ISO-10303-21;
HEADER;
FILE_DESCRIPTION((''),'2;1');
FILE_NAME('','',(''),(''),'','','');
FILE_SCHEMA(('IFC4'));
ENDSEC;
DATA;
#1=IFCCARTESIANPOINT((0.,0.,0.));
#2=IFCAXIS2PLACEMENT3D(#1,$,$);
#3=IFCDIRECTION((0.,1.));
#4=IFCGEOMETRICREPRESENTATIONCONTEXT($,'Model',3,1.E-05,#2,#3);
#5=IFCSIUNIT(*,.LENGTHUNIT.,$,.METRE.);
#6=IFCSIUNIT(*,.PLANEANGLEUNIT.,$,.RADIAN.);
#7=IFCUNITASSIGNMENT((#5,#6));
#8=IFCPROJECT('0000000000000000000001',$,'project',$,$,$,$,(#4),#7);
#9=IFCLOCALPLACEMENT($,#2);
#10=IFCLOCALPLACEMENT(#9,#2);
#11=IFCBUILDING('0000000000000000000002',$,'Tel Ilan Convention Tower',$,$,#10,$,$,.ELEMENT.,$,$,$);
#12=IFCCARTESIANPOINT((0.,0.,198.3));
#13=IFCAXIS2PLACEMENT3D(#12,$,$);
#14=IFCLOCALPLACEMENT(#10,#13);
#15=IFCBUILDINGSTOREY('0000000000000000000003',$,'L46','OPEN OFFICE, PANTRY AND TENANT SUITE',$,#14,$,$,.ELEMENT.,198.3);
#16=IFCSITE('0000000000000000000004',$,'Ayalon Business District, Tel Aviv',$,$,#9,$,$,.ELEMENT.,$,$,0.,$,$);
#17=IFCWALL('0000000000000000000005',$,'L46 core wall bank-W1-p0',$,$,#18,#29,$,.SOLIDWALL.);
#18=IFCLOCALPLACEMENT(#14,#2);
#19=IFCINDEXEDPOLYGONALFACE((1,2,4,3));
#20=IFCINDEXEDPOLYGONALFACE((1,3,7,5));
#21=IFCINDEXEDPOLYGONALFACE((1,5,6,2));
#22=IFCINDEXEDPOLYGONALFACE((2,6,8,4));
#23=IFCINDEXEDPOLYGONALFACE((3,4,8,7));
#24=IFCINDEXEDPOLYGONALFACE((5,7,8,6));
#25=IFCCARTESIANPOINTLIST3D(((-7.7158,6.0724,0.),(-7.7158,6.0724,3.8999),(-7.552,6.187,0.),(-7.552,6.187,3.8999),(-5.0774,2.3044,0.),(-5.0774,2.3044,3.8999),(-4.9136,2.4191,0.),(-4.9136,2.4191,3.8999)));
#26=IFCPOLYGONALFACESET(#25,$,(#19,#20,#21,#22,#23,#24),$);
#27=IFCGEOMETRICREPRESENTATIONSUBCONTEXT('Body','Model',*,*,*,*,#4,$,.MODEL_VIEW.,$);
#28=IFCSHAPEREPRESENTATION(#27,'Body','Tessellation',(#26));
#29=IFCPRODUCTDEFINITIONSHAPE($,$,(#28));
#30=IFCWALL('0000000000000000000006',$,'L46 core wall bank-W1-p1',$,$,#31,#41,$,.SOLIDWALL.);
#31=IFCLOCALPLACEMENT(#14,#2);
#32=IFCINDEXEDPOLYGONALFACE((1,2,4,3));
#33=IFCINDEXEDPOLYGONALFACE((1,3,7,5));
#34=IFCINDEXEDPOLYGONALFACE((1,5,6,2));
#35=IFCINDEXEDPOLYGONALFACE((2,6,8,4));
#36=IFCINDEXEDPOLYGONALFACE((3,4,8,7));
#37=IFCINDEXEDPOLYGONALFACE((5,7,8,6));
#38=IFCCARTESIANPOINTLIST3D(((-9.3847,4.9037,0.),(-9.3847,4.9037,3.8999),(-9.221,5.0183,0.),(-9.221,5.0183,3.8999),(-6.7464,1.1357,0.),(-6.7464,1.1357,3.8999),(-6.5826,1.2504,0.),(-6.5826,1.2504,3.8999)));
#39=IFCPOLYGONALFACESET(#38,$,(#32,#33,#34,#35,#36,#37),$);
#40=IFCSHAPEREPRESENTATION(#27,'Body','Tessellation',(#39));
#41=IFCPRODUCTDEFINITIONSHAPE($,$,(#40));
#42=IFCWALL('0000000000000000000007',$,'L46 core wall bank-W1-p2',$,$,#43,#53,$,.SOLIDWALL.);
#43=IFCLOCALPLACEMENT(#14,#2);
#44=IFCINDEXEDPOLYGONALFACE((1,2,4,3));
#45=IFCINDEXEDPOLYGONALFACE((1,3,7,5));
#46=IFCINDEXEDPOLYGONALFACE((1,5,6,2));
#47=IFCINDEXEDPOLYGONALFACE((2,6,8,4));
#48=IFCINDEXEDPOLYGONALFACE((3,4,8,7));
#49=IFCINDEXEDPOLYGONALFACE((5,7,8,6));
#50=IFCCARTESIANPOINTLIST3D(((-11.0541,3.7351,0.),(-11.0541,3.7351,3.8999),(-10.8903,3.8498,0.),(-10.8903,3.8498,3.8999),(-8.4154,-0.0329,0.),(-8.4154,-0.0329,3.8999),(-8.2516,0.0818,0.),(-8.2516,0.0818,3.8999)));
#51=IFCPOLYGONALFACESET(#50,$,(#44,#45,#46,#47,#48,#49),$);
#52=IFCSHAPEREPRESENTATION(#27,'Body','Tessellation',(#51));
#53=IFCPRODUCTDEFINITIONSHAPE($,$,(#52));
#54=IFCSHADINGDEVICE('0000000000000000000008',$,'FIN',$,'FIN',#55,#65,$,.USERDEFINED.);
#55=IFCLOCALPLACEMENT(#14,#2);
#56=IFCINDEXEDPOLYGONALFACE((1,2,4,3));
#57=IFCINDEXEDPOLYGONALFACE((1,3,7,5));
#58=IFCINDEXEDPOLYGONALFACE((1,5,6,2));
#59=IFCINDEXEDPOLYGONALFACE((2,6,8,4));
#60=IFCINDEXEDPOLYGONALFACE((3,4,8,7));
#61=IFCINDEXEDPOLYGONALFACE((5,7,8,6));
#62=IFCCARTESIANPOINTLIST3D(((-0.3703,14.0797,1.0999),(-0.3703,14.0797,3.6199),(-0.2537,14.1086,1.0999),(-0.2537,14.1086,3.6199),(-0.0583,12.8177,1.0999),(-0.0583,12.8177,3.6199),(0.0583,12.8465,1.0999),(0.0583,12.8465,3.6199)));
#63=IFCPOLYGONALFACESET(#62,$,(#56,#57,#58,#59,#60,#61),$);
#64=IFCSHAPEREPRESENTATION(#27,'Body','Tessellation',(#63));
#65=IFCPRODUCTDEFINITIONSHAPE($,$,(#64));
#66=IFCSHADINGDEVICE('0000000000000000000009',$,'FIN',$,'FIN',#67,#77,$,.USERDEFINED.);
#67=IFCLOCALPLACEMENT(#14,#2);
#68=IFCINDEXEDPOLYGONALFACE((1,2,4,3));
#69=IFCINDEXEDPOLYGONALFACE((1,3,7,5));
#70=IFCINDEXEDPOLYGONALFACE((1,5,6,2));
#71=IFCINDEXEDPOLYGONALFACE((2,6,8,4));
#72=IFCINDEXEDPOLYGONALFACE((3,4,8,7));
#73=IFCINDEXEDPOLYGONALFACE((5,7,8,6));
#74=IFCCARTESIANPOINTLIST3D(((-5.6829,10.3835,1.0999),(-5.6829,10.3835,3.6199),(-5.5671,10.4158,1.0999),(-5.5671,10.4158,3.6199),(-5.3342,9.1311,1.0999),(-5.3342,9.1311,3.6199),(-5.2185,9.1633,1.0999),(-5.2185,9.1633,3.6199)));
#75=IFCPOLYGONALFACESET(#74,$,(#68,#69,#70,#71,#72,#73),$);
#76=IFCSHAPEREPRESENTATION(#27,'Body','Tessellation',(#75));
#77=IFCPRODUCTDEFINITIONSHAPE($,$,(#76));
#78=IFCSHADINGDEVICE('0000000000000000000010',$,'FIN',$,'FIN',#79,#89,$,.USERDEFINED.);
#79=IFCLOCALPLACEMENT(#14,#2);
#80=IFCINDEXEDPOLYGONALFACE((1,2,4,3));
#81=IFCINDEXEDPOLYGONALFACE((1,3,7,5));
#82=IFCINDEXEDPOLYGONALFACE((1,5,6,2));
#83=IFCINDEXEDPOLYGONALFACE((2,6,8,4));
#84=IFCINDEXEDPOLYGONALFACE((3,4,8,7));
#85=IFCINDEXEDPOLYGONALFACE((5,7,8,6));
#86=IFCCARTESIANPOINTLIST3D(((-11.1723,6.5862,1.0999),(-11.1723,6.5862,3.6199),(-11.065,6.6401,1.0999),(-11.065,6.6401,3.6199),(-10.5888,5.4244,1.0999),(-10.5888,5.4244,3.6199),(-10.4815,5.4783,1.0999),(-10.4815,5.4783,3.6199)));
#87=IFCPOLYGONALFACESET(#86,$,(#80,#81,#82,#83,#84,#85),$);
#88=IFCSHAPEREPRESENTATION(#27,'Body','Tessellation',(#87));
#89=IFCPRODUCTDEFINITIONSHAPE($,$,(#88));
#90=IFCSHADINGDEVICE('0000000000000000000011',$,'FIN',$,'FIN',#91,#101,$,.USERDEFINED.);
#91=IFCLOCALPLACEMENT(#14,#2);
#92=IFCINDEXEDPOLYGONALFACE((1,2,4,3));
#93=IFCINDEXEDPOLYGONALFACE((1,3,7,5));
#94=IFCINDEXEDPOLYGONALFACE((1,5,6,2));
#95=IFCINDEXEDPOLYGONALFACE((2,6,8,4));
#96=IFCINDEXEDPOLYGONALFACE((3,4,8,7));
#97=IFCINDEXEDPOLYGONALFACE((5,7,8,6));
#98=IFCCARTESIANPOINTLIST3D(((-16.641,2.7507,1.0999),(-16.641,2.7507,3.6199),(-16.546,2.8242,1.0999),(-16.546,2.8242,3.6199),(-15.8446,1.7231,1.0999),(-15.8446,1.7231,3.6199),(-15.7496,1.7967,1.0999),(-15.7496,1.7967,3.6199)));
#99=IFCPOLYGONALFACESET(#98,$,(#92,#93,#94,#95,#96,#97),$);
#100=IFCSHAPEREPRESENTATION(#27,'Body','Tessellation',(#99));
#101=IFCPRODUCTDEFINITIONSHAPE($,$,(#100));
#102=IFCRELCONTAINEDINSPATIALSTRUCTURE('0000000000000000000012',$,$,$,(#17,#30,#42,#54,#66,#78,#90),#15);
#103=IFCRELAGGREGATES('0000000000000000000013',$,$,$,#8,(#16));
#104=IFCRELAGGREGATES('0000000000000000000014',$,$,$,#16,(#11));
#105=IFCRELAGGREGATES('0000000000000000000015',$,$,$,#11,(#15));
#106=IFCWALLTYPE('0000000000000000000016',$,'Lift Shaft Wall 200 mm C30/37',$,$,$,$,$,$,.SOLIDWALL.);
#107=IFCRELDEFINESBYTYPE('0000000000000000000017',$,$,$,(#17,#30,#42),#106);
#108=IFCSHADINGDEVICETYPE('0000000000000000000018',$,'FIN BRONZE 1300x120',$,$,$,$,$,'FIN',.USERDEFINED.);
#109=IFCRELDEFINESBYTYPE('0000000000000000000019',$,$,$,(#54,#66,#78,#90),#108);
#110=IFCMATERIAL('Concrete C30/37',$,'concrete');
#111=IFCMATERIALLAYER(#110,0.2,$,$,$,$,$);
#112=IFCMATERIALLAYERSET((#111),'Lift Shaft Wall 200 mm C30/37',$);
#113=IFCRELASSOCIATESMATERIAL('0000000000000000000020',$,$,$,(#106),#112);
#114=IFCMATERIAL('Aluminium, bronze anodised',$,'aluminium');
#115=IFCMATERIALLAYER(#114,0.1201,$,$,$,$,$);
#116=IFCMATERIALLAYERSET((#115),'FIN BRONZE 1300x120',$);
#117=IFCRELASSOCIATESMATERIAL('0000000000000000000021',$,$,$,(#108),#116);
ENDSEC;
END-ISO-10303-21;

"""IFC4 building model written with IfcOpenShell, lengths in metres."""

from ifc_helpers import new_model, si_unit, direction, frame, frame_2d, origin, origin_2d, place, context, subcontext, project, spatial, rectangle, extrude, material, layer, layer_set, type_object, element, save


model = new_model("IFC4")

# Units and contexts
model_context = context("Model", 3, precision=1e-05, world=origin(), true_north=direction((0.0, 1.0)))
body_context = subcontext(model_context, "Body", "Model", "MODEL_VIEW")
ifc_project = project(units=[si_unit("LENGTHUNIT", "METRE"), si_unit("PLANEANGLEUNIT", "RADIAN")], contexts=[model_context])

# Site, building, storey
site_placement = place(None, origin())
site = spatial("IfcSite", under=ifc_project, at=site_placement, Name="Ayalon Business District, Tel Aviv", CompositionType="ELEMENT", RefElevation=0.0)
building_placement = place(site_placement, origin())
building = spatial("IfcBuilding", under=site, at=building_placement, Name="Tel Ilan Convention Tower", CompositionType="ELEMENT")
storey_placement = place(building_placement, frame((0.0, 0.0, 198.3)))
storey = spatial("IfcBuildingStorey", under=building, at=storey_placement, Name="L46", Description="OPEN OFFICE, PANTRY AND TENANT SUITE", CompositionType="ELEMENT", Elevation=198.3)

# Walls
ifc_material_1 = material(Name="Concrete C30/37", Category="concrete")
ifc_layer_1 = layer(ifc_material_1, 0.2)
ifc_layer_set_1 = layer_set([ifc_layer_1], Name="Lift Shaft Wall 200 mm C30/37")
wall_type_1 = type_object("IfcWallType", Name="Lift Shaft Wall 200 mm C30/37", PredefinedType="SOLIDWALL", material=ifc_layer_set_1)
for number, where, z_axis, x_axis, name in (
    (1, (-4.9956, 2.3618, 0.0), (0.0, 0.0, 1.0), (-0.573576, 0.819152, 0.0), "L46 core wall bank-W1-p0"),
    (2, (-6.6646, 1.1931, 0.0), (0.0, 0.0, 1.0), (-0.573576, 0.819152, 0.0), "L46 core wall bank-W1-p1"),
):
    element("IfcWall", number, at=place(storey_placement, frame(where, z_axis=z_axis, x_axis=x_axis)), inside=storey, type_object=wall_type_1, Name=name, PredefinedType="SOLIDWALL", context=body_context, shape_type="SweptSolid", body=[
        extrude(rectangle(XDim=4.5999, YDim=0.2, at=frame_2d((2.2998, 0.0))), origin(), (0.0, 0.0, 1.0), 3.8999),
    ])
wall_1_placement = place(storey_placement, frame((-8.3335, 0.0244, 0.0), z_axis=(0.0, 0.0, 1.0), x_axis=(-0.573612, 0.819127, 0.0)))
element("IfcWall", 3, at=wall_1_placement, inside=storey, type_object=wall_type_1, Name="L46 core wall bank-W1-p2", PredefinedType="SOLIDWALL", context=body_context, shape_type="SweptSolid", body=[
    extrude(rectangle(XDim=4.6001, YDim=0.2, at=frame_2d((2.3, 0.0))), origin(), (0.0, 0.0, 1.0), 3.8999),
])

# Shading devices
ifc_material_2 = material(Name="Aluminium, bronze anodised", Category="aluminium")
ifc_layer_2 = layer(ifc_material_2, 0.1201)
ifc_layer_set_2 = layer_set([ifc_layer_2], Name="FIN BRONZE 1300x120")
shading_device_type = type_object("IfcShadingDeviceType", Name="FIN BRONZE 1300x120", ElementType="FIN", PredefinedType="USERDEFINED", material=ifc_layer_set_2)
for number, where, z_axis, x_axis, name in (
    (4, (-0.156, 13.4631, 1.0999), (0.0, 0.0, 1.0), (-0.24004, 0.970763, 0.0), "FIN"),
    (5, (-5.4507, 9.7734, 1.0999), (0.0, 0.0, 1.0), (-0.268173, 0.963371, 0.0), "FIN"),
    (6, (-10.8269, 6.0322, 1.0999), (0.0, 0.0, 1.0), (-0.448799, 0.893633, 0.0), "FIN"),
    (7, (-16.1953, 2.2737, 1.0999), (0.0, 0.0, 1.0), (-0.612601, 0.790393, 0.0), "FIN"),
):
    element("IfcShadingDevice", number, at=place(storey_placement, frame(where, z_axis=z_axis, x_axis=x_axis)), inside=storey, type_object=shading_device_type, Name=name, ObjectType="FIN", PredefinedType="USERDEFINED", context=body_context, shape_type="SweptSolid", body=[
        extrude(rectangle(XDim=1.3, YDim=0.1201, at=origin_2d()), origin(), (0.0, 0.0, 1.0), 2.52),
    ])

save(model, "model.ifc")
